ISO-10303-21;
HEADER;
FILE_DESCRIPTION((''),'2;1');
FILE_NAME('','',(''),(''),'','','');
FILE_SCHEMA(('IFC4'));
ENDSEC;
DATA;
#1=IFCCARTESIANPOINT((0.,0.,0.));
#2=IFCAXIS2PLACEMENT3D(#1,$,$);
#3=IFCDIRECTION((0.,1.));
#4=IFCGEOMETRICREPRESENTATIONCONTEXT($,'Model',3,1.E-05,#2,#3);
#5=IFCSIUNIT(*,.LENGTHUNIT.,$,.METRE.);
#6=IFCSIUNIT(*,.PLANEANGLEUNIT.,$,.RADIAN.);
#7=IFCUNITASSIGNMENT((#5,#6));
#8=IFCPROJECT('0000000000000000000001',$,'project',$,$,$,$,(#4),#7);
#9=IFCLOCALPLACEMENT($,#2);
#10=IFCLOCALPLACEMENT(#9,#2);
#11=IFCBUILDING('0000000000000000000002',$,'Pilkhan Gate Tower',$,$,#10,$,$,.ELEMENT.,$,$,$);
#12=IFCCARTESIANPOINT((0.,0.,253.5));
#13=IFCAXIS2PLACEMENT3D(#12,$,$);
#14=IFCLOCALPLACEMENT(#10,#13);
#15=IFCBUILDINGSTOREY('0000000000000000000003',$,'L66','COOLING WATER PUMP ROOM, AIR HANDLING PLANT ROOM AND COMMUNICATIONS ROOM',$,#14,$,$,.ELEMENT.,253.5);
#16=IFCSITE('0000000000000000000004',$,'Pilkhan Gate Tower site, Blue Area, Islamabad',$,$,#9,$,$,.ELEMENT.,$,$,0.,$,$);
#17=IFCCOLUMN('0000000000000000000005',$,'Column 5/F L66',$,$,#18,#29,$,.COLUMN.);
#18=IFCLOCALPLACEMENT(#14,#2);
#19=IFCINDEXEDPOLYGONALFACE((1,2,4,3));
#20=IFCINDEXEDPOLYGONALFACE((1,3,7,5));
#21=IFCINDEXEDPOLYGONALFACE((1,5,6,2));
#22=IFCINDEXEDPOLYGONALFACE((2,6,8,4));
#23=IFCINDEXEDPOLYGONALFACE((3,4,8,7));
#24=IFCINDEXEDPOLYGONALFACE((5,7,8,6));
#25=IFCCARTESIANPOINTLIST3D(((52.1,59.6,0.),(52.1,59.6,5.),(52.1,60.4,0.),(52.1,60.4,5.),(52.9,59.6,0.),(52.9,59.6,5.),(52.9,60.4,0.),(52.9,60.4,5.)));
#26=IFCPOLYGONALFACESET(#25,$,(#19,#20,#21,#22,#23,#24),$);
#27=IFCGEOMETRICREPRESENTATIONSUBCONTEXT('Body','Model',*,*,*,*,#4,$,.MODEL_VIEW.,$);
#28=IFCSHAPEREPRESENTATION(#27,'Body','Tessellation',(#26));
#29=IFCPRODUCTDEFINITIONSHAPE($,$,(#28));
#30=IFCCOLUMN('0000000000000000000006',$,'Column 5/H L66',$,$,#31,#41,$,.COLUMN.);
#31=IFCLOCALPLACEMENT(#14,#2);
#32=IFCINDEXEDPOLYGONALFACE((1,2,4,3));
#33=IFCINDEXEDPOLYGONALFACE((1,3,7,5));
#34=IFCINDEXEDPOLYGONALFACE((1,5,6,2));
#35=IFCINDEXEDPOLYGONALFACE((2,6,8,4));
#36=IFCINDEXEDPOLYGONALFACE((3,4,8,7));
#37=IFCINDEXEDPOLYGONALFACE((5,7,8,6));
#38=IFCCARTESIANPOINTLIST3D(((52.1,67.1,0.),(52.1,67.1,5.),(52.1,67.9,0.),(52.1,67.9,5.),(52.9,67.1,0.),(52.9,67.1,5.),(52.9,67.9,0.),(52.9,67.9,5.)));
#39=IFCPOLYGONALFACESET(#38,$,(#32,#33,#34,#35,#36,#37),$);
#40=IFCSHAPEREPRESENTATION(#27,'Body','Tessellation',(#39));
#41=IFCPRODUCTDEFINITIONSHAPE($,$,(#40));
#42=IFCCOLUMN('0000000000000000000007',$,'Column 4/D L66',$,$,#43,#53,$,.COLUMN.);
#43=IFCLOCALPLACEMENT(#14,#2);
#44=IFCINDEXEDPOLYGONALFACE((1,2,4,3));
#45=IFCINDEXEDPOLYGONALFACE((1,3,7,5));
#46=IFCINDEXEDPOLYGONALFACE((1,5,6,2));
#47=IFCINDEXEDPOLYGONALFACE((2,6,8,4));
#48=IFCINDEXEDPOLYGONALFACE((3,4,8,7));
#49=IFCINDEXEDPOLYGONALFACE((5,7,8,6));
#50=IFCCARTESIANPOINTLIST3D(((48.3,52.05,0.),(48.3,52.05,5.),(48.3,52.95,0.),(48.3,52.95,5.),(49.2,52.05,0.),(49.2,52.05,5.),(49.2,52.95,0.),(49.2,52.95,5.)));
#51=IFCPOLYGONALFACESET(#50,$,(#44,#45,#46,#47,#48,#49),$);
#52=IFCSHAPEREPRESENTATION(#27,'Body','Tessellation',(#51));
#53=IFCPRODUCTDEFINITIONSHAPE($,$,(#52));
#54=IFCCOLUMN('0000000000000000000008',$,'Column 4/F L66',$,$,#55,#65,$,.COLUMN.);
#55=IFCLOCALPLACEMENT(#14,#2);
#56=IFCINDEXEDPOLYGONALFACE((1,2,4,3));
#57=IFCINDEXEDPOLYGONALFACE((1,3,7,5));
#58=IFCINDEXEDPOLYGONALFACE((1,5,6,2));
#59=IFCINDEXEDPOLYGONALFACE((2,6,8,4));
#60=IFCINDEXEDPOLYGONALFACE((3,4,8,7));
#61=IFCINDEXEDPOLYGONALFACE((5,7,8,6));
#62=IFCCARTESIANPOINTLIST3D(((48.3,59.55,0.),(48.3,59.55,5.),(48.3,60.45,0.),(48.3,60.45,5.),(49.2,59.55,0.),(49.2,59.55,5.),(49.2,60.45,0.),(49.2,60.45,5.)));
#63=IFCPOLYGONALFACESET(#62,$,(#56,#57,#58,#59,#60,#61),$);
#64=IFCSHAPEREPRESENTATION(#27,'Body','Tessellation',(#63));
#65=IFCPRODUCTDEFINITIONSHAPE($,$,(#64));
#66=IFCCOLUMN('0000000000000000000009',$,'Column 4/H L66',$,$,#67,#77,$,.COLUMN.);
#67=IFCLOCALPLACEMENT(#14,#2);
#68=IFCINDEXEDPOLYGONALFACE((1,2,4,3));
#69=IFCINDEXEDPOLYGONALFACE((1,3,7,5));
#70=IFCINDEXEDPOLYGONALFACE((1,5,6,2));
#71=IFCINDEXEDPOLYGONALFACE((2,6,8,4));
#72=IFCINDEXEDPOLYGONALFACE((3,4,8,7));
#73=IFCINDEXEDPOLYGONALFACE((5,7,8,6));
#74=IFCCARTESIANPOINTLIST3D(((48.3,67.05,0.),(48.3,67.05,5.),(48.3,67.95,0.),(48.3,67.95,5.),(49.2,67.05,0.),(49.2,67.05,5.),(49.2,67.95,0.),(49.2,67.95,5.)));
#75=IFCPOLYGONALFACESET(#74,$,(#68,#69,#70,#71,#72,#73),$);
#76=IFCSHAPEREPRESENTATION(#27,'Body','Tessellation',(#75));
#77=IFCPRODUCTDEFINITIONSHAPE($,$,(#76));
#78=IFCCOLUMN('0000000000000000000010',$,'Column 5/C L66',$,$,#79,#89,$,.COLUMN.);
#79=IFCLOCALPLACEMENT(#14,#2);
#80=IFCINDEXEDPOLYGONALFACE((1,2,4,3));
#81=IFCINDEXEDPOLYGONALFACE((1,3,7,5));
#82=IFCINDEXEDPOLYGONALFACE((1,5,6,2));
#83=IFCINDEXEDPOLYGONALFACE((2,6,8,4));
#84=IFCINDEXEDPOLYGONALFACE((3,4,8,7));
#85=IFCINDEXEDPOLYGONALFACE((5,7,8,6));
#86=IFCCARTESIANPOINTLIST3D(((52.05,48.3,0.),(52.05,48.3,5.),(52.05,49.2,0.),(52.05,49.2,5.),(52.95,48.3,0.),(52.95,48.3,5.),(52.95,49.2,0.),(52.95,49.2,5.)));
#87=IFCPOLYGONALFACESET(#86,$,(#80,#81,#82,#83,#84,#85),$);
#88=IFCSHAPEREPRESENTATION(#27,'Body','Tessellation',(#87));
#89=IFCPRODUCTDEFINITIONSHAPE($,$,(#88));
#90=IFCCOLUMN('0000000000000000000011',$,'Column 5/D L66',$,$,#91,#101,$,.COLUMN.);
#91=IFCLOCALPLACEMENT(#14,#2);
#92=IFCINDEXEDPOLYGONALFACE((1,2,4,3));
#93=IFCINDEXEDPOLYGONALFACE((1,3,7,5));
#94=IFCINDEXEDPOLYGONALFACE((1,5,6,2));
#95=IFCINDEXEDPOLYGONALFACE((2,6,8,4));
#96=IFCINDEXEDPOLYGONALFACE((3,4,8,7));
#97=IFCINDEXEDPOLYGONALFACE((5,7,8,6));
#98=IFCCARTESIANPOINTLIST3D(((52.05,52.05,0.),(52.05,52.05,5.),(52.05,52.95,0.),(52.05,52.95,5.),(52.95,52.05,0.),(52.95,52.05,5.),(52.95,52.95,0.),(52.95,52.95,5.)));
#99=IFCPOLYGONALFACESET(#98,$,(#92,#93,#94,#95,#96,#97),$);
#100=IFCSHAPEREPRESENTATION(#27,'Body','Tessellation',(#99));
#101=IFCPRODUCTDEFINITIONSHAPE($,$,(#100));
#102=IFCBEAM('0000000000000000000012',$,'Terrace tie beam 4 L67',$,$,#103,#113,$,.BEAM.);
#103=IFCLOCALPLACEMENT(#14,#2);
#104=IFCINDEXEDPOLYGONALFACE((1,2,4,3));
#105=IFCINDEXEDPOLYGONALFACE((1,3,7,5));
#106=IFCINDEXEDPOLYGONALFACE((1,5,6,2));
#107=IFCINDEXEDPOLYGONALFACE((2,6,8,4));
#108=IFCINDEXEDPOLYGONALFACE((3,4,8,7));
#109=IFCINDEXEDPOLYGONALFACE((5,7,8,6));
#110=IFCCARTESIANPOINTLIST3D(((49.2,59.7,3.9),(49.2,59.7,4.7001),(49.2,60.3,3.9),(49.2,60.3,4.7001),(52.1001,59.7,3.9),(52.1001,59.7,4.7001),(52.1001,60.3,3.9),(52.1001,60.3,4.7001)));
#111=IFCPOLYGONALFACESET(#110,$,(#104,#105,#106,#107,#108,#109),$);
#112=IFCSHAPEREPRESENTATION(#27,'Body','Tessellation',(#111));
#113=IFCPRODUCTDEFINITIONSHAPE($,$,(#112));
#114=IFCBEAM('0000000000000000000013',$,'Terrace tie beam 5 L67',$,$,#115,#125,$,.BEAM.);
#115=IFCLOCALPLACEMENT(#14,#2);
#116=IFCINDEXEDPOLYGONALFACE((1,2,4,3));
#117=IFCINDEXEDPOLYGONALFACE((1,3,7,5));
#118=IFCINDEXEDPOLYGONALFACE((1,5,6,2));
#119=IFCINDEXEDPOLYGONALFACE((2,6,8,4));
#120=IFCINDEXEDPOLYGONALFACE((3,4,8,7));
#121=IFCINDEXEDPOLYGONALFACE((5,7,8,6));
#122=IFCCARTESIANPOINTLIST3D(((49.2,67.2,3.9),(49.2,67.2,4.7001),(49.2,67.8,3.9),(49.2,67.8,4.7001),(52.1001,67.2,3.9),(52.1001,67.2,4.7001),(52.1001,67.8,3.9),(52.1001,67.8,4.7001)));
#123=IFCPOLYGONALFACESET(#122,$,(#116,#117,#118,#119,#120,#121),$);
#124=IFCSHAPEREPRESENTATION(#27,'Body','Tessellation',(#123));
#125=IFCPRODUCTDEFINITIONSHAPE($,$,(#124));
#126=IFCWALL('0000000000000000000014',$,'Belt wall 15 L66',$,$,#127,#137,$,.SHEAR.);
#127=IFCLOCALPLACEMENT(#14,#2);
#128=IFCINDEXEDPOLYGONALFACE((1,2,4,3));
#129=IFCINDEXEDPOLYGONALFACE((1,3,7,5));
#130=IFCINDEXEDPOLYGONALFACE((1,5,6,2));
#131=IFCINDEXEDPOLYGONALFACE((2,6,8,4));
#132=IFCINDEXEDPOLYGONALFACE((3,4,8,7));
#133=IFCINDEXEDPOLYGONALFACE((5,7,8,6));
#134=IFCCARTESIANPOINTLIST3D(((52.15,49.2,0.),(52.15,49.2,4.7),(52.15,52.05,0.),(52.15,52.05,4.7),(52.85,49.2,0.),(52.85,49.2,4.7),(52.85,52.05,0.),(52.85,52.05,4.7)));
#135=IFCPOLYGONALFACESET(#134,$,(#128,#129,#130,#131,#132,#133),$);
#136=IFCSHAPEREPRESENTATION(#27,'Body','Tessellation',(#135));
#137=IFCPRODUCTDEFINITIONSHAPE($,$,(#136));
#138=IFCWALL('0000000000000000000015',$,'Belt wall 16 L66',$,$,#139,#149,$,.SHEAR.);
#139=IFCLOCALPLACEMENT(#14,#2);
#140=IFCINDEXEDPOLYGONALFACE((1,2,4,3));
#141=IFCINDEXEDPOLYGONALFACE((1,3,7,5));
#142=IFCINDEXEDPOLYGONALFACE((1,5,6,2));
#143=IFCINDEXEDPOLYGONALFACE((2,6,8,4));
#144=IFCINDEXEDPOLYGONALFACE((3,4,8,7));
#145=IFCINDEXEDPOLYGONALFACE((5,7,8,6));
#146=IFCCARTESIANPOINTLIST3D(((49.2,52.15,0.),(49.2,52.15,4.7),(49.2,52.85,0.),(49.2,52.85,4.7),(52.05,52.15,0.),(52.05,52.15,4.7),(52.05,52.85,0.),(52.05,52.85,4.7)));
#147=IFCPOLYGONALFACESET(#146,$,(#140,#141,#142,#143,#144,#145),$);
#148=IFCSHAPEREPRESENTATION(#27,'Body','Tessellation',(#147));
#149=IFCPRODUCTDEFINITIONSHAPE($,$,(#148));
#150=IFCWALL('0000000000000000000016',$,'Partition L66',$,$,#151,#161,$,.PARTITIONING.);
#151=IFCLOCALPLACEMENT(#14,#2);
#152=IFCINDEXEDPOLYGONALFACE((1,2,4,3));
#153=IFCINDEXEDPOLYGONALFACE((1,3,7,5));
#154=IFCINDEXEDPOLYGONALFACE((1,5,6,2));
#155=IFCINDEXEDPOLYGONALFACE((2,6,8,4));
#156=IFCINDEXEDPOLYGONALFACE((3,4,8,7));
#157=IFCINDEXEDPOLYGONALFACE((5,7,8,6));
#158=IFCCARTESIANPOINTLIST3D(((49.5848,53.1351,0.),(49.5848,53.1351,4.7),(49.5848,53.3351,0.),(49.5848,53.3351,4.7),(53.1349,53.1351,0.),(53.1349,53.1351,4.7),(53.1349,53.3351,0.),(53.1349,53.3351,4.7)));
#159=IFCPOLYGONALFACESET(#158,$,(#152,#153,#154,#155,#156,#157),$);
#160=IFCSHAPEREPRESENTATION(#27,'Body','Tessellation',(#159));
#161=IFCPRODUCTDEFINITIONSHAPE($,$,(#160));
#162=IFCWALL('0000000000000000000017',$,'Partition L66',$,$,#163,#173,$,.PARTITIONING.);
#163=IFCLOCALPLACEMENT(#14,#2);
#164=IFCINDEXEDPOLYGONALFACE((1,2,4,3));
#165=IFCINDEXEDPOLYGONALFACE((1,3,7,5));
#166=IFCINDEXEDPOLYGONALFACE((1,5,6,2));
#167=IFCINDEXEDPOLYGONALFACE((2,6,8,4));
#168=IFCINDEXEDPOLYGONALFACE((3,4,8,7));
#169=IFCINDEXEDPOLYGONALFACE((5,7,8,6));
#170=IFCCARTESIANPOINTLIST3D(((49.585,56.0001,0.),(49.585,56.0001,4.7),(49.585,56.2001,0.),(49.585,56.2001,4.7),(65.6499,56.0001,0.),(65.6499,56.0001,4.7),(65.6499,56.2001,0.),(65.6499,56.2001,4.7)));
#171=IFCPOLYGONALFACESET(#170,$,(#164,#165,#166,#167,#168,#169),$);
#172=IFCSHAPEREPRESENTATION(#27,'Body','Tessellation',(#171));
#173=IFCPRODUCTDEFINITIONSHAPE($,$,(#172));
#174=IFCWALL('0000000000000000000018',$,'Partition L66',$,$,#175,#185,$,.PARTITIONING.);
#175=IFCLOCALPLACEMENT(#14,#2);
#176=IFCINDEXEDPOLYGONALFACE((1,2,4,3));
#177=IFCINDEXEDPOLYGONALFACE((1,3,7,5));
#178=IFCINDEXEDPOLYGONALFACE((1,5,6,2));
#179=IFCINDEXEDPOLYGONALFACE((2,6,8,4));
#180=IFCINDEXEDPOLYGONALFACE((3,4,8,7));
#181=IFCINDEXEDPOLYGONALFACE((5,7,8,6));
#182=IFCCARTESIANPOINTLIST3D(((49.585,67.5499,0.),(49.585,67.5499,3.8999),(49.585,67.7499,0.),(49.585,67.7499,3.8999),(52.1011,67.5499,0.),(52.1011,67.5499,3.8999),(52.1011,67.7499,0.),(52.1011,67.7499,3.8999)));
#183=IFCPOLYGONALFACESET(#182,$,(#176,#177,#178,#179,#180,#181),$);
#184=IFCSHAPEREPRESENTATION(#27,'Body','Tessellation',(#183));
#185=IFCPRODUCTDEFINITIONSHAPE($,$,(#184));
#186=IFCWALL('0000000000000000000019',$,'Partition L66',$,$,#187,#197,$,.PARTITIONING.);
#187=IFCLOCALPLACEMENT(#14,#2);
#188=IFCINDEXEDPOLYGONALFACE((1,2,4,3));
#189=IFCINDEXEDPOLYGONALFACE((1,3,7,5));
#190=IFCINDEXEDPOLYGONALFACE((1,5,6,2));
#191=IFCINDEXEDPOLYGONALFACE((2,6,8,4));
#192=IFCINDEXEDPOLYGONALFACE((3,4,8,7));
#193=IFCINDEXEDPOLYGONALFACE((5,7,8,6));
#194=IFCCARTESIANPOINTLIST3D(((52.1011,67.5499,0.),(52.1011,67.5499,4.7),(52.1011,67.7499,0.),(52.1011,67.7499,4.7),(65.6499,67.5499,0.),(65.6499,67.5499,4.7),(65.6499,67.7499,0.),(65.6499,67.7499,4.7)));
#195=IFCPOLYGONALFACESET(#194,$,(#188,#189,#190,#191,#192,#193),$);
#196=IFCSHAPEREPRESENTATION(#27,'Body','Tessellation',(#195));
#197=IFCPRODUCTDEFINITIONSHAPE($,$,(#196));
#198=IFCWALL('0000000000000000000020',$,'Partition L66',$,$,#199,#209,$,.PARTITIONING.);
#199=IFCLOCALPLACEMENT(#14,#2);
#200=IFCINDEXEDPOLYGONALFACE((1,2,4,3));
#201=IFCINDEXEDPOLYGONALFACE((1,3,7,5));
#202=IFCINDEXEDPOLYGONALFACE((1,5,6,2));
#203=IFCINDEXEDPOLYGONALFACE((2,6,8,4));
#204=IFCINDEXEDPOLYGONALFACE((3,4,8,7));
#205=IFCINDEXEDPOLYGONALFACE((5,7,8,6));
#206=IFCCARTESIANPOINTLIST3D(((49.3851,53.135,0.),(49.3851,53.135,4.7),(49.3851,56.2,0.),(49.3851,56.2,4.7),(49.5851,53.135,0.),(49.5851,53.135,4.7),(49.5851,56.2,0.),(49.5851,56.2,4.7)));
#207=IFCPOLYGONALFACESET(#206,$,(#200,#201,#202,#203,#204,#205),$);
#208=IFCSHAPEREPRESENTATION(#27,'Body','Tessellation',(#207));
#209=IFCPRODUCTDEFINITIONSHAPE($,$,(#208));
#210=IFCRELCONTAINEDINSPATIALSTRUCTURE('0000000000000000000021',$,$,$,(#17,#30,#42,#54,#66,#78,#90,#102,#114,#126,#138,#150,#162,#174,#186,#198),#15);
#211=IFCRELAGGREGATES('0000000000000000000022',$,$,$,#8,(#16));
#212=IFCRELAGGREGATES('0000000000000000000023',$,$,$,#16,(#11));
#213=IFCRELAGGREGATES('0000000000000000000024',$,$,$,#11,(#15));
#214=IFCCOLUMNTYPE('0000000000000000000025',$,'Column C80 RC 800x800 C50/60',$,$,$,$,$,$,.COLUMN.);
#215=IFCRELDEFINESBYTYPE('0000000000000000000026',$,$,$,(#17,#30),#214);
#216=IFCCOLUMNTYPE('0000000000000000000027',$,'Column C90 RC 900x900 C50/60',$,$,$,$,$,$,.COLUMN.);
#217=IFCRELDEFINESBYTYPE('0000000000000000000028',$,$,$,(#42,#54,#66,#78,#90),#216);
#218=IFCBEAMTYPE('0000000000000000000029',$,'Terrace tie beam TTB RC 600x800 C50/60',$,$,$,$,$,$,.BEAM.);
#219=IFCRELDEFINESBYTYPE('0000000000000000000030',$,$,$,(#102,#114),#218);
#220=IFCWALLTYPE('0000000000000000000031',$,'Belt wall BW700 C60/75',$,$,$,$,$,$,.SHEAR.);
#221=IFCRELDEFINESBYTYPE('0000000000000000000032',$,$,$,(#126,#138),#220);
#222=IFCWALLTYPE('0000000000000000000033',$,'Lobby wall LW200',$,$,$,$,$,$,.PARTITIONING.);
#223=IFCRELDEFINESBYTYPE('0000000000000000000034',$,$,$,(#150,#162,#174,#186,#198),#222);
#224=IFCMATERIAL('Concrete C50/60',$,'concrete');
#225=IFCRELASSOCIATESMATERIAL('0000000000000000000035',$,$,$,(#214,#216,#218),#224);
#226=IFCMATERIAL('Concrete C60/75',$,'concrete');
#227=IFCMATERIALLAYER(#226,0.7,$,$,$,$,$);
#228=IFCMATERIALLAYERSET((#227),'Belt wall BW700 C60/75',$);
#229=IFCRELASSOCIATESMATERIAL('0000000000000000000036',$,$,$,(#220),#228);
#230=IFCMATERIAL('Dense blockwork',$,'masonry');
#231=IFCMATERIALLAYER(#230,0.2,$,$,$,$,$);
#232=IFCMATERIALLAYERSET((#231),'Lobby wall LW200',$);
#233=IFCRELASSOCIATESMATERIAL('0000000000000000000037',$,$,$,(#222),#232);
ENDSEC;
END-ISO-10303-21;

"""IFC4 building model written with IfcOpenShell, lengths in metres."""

from ifc_helpers import new_model, si_unit, direction, frame, frame_2d, origin, origin_2d, place, context, subcontext, project, spatial, rectangle, extrude, material, layer, layer_set, material_profile, profile_set, type_object, element, save


model = new_model("IFC4")

# Units and contexts
model_context = context("Model", 3, precision=1e-05, world=origin(), true_north=direction((0.0, 1.0)))
body_context = subcontext(model_context, "Body", "Model", "MODEL_VIEW")
ifc_project = project(units=[si_unit("LENGTHUNIT", "METRE"), si_unit("PLANEANGLEUNIT", "RADIAN")], contexts=[model_context])

# Site, building, storey
site_placement = place(None, origin())
site = spatial("IfcSite", under=ifc_project, at=site_placement, Name="Pilkhan Gate Tower site, Blue Area, Islamabad", CompositionType="ELEMENT", RefElevation=0.0)
building_placement = place(site_placement, origin())
building = spatial("IfcBuilding", under=site, at=building_placement, Name="Pilkhan Gate Tower", CompositionType="ELEMENT")
storey_placement = place(building_placement, frame((0.0, 0.0, 253.5)))
storey = spatial("IfcBuildingStorey", under=building, at=storey_placement, Name="L66", Description="COOLING WATER PUMP ROOM, AIR HANDLING PLANT ROOM AND COMMUNICATIONS ROOM", CompositionType="ELEMENT", Elevation=253.5)

# Columns
ifc_material_1 = material(Name="Concrete C50/60", Category="concrete")
ifc_material_profile_1 = material_profile(ifc_material_1, rectangle(XDim=0.8, YDim=0.8, at=origin_2d()), Name="RC 800x800")
ifc_profile_set_1 = profile_set([ifc_material_profile_1], Name="Concrete C50/60")
column_type_1 = type_object("IfcColumnType", Name="Column C80 RC 800x800 C50/60", PredefinedType="COLUMN", material=ifc_profile_set_1)
for number, where, z_axis, x_axis, name in (
    (1, (52.5, 60.0, 0.0), (0.0, 0.0, 1.0), (1.0, 0.0, 0.0), "Column 5/F L66"),
    (2, (52.5, 67.5, 0.0), (0.0, 0.0, 1.0), (1.0, 0.0, 0.0), "Column 5/H L66"),
):
    element("IfcColumn", number, at=place(storey_placement, frame(where, z_axis=z_axis, x_axis=x_axis)), inside=storey, type_object=column_type_1, Name=name, PredefinedType="COLUMN", context=body_context, shape_type="SweptSolid", body=[
        extrude(rectangle(XDim=0.8, YDim=0.8, at=origin_2d()), origin(), (0.0, 0.0, 1.0), 5.0),
    ])
ifc_material_profile_2 = material_profile(ifc_material_1, rectangle(XDim=0.8999, YDim=0.8999, at=origin_2d()), Name="RC 900x900")
ifc_profile_set_2 = profile_set([ifc_material_profile_2], Name="Concrete C50/60")
column_type_2 = type_object("IfcColumnType", Name="Column C90 RC 900x900 C50/60", PredefinedType="COLUMN", material=ifc_profile_set_2)
for number, where, z_axis, x_axis, name in (
    (3, (48.75, 52.5, 0.0), (0.0, 0.0, 1.0), (1.0, 0.0, 0.0), "Column 4/D L66"),
    (4, (48.75, 60.0, 0.0), (0.0, 0.0, 1.0), (1.0, 0.0, 0.0), "Column 4/F L66"),
    (5, (48.75, 67.5, 0.0), (0.0, 0.0, 1.0), (1.0, 0.0, 0.0), "Column 4/H L66"),
    (6, (52.5, 48.75, 0.0), (0.0, 0.0, 1.0), (1.0, 0.0, 0.0), "Column 5/C L66"),
    (7, (52.5, 52.5, 0.0), (0.0, 0.0, 1.0), (1.0, 0.0, 0.0), "Column 5/D L66"),
):
    element("IfcColumn", number, at=place(storey_placement, frame(where, z_axis=z_axis, x_axis=x_axis)), inside=storey, type_object=column_type_2, Name=name, PredefinedType="COLUMN", context=body_context, shape_type="SweptSolid", body=[
        extrude(rectangle(XDim=0.8999, YDim=0.8999, at=origin_2d()), origin(), (0.0, 0.0, 1.0), 5.0),
    ])

# Beams
ifc_material_profile_3 = material_profile(ifc_material_1, rectangle(XDim=0.6001, YDim=0.8, at=origin_2d()), Name="RC 600x800")
ifc_profile_set_3 = profile_set([ifc_material_profile_3], Name="Concrete C50/60")
beam_type = type_object("IfcBeamType", Name="Terrace tie beam TTB RC 600x800 C50/60", PredefinedType="BEAM", material=ifc_profile_set_3)
for number, where, z_axis, x_axis, name in (
    (8, (49.2, 60.0, 4.3), (1.0, 0.0, 0.0), (0.0, 1.0, 0.0), "Terrace tie beam 4 L67"),
    (9, (49.2, 67.5, 4.3), (1.0, 0.0, 0.0), (0.0, 1.0, 0.0), "Terrace tie beam 5 L67"),
):
    element("IfcBeam", number, at=place(storey_placement, frame(where, z_axis=z_axis, x_axis=x_axis)), inside=storey, type_object=beam_type, Name=name, PredefinedType="BEAM", context=body_context, shape_type="SweptSolid", body=[
        extrude(rectangle(XDim=0.6001, YDim=0.8, at=origin_2d()), origin(), (0.0, 0.0, 1.0), 2.9001),
    ])

# Walls
ifc_material_2 = material(Name="Concrete C60/75", Category="concrete")
ifc_layer_1 = layer(ifc_material_2, 0.7)
ifc_layer_set_1 = layer_set([ifc_layer_1], Name="Belt wall BW700 C60/75")
wall_type_1 = type_object("IfcWallType", Name="Belt wall BW700 C60/75", PredefinedType="SHEAR", material=ifc_layer_set_1)
for number, where, z_axis, x_axis, name in (
    (10, (52.5, 49.2, 0.0), (0.0, 0.0, 1.0), (0.0, 1.0, 0.0), "Belt wall 15 L66"),
    (11, (52.05, 52.5, 0.0), (0.0, 0.0, 1.0), (-1.0, 0.0, 0.0), "Belt wall 16 L66"),
):
    element("IfcWall", number, at=place(storey_placement, frame(where, z_axis=z_axis, x_axis=x_axis)), inside=storey, type_object=wall_type_1, Name=name, PredefinedType="SHEAR", context=body_context, shape_type="SweptSolid", body=[
        extrude(rectangle(XDim=2.8501, YDim=0.7, at=frame_2d((1.425, 0.0))), origin(), (0.0, 0.0, 1.0), 4.7),
    ])
ifc_material_3 = material(Name="Dense blockwork", Category="masonry")
ifc_layer_2 = layer(ifc_material_3, 0.2)
ifc_layer_set_2 = layer_set([ifc_layer_2], Name="Lobby wall LW200")
wall_type_2 = type_object("IfcWallType", Name="Lobby wall LW200", PredefinedType="PARTITIONING", material=ifc_layer_set_2)
wall_1_placement = place(storey_placement, frame((49.585, 53.2351, 0.0), z_axis=(0.0, 0.0, 1.0), x_axis=(1.0, 0.0, 0.0)))
element("IfcWall", 12, at=wall_1_placement, inside=storey, type_object=wall_type_2, Name="Partition L66", PredefinedType="PARTITIONING", context=body_context, shape_type="SweptSolid", body=[
    extrude(rectangle(XDim=3.55, YDim=0.2, at=frame_2d((1.7749, 0.0))), origin(), (0.0, 0.0, 1.0), 4.7),
])
wall_2_placement = place(storey_placement, frame((49.585, 56.1001, 0.0), z_axis=(0.0, 0.0, 1.0), x_axis=(1.0, 0.0, 0.0)))
element("IfcWall", 13, at=wall_2_placement, inside=storey, type_object=wall_type_2, Name="Partition L66", PredefinedType="PARTITIONING", context=body_context, shape_type="SweptSolid", body=[
    extrude(rectangle(XDim=16.0649, YDim=0.2, at=frame_2d((8.0325, 0.0))), origin(), (0.0, 0.0, 1.0), 4.7),
])
wall_3_placement = place(storey_placement, frame((49.585, 67.6499, 0.0), z_axis=(0.0, 0.0, 1.0), x_axis=(1.0, 0.0, 0.0)))
element("IfcWall", 14, at=wall_3_placement, inside=storey, type_object=wall_type_2, Name="Partition L66", PredefinedType="PARTITIONING", context=body_context, shape_type="SweptSolid", body=[
    extrude(rectangle(XDim=2.5161, YDim=0.2, at=frame_2d((1.2581, 0.0))), origin(), (0.0, 0.0, 1.0), 3.8999),
])
wall_4_placement = place(storey_placement, frame((52.1011, 67.6499, 0.0), z_axis=(0.0, 0.0, 1.0), x_axis=(1.0, 0.0, 0.0)))
element("IfcWall", 15, at=wall_4_placement, inside=storey, type_object=wall_type_2, Name="Partition L66", PredefinedType="PARTITIONING", context=body_context, shape_type="SweptSolid", body=[
    extrude(rectangle(XDim=13.5488, YDim=0.2, at=frame_2d((6.7744, 0.0))), origin(), (0.0, 0.0, 1.0), 4.7),
])
wall_5_placement = place(storey_placement, frame((49.4851, 53.135, 0.0), z_axis=(0.0, 0.0, 1.0), x_axis=(0.0, 1.0, 0.0)))
element("IfcWall", 16, at=wall_5_placement, inside=storey, type_object=wall_type_2, Name="Partition L66", PredefinedType="PARTITIONING", context=body_context, shape_type="SweptSolid", body=[
    extrude(rectangle(XDim=3.0649, YDim=0.2, at=frame_2d((1.5325, 0.0))), origin(), (0.0, 0.0, 1.0), 4.7),
])

save(model, "model.ifc")
